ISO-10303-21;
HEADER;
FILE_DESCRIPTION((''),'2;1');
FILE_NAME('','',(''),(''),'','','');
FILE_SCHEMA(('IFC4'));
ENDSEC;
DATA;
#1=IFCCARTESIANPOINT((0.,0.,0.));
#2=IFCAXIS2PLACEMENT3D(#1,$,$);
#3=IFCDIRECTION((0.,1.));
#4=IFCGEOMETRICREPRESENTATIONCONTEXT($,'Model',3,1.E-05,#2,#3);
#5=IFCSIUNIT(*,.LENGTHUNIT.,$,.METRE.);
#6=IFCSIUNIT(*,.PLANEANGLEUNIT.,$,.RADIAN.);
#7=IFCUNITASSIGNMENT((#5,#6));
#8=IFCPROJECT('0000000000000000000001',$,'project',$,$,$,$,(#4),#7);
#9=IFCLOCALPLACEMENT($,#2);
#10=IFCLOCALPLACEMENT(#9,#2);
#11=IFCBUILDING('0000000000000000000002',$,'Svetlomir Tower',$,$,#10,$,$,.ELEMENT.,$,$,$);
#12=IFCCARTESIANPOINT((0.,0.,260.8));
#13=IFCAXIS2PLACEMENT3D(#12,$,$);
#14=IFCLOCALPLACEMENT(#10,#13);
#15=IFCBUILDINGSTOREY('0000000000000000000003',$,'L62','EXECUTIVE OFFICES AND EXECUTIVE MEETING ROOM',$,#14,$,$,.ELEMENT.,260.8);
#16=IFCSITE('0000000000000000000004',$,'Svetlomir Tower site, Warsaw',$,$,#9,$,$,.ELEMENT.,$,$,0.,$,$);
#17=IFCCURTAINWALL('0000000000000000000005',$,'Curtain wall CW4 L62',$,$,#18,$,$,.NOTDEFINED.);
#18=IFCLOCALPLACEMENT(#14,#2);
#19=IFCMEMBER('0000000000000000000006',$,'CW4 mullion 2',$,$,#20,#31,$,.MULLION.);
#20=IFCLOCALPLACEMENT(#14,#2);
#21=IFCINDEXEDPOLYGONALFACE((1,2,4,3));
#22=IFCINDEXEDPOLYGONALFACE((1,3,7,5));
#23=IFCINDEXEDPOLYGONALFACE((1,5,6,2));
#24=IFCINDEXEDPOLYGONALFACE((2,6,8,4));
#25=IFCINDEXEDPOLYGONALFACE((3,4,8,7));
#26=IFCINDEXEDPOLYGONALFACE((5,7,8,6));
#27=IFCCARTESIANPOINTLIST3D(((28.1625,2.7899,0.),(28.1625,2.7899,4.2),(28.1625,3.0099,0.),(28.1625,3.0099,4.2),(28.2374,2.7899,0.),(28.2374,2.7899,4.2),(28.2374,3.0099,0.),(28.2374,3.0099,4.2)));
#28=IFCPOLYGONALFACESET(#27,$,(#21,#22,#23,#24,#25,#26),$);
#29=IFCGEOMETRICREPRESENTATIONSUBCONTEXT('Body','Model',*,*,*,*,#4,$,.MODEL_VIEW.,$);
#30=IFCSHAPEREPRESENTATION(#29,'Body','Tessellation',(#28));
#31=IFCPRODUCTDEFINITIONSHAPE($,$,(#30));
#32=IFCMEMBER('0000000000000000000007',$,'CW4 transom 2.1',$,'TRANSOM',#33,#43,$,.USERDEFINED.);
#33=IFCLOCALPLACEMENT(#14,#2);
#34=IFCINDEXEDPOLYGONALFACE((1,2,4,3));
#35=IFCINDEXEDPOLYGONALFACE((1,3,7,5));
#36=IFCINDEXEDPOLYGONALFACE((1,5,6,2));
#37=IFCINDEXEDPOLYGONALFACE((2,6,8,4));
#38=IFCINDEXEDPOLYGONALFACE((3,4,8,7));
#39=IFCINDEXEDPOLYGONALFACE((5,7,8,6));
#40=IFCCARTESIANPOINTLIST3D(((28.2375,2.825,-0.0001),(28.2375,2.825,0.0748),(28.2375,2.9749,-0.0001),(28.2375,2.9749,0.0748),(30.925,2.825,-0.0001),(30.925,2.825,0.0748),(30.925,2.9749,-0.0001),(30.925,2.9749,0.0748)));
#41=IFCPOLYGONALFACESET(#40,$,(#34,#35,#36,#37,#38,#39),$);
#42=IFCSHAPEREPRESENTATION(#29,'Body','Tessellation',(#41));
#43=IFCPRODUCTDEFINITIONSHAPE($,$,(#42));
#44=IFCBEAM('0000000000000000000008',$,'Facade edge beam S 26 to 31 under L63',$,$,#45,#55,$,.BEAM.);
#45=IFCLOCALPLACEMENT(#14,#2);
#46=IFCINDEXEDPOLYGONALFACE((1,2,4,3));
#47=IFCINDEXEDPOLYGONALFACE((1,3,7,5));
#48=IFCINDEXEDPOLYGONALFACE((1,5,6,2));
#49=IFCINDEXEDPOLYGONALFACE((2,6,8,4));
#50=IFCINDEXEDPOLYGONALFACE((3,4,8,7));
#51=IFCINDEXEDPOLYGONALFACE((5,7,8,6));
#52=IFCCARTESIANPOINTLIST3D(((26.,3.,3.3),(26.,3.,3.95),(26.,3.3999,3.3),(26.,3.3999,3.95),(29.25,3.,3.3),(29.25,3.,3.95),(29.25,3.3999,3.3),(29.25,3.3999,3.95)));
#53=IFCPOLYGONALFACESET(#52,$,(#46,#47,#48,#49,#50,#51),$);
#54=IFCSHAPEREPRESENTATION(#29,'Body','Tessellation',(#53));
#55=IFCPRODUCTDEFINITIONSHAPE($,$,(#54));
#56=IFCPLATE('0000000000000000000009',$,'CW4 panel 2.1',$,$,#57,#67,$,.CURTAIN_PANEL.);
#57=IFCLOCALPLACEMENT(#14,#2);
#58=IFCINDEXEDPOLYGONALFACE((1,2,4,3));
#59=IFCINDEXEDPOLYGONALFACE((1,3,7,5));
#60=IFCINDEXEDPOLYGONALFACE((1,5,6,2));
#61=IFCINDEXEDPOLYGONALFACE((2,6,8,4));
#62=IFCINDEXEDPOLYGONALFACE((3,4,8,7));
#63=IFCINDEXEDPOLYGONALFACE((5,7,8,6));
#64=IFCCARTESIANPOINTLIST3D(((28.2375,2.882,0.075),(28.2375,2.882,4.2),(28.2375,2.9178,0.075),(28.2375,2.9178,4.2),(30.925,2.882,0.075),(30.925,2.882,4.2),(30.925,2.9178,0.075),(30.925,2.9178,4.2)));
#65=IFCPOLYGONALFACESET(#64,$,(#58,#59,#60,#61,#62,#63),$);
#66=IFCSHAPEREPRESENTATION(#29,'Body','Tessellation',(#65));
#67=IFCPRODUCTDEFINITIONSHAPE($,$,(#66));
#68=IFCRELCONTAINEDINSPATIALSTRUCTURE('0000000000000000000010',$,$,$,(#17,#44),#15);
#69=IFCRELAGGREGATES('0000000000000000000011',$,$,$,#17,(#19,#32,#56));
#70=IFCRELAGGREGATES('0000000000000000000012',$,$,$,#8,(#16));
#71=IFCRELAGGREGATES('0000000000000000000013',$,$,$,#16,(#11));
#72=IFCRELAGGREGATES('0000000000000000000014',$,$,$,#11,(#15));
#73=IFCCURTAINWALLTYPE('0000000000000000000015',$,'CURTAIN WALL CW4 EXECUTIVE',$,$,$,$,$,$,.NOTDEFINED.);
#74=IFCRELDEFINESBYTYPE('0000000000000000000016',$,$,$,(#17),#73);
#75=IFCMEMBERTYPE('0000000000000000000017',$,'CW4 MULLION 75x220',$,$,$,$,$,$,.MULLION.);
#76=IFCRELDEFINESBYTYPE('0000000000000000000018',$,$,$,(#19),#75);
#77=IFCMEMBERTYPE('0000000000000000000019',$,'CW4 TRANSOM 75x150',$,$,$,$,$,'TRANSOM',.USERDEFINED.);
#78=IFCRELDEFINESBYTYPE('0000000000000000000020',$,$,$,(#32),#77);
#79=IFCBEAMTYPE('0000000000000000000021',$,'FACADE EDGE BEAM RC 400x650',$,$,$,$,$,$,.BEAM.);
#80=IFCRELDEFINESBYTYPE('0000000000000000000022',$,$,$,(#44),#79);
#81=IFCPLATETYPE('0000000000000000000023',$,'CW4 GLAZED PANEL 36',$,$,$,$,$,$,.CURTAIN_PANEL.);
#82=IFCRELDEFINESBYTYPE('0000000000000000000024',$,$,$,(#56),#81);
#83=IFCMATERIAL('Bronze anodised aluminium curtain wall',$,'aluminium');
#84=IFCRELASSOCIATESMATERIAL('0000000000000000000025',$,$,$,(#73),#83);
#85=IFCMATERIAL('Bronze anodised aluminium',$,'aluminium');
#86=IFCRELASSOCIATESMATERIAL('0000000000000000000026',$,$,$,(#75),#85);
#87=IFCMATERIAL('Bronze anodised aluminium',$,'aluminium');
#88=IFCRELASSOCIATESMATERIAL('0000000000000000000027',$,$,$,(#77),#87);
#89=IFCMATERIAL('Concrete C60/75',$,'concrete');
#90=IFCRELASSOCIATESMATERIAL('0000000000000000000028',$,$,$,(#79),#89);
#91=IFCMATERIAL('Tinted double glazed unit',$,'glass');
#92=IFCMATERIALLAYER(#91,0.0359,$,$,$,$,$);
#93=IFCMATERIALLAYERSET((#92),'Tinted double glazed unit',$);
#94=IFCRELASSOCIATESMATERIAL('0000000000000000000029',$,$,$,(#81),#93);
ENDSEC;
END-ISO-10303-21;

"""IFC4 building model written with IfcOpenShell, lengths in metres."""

from ifc_helpers import new_model, si_unit, direction, frame, origin, origin_2d, place, context, subcontext, project, spatial, rectangle, extrude, material, layer, layer_set, material_profile, profile_set, type_object, element, aggregate, save


model = new_model("IFC4")

# Units and contexts
model_context = context("Model", 3, precision=1e-05, world=origin(), true_north=direction((0.0, 1.0)))
body_context = subcontext(model_context, "Body", "Model", "MODEL_VIEW")
ifc_project = project(units=[si_unit("LENGTHUNIT", "METRE"), si_unit("PLANEANGLEUNIT", "RADIAN")], contexts=[model_context])

# Site, building, storey
site_placement = place(None, origin())
site = spatial("IfcSite", under=ifc_project, at=site_placement, Name="Svetlomir Tower site, Warsaw", CompositionType="ELEMENT", RefElevation=0.0)
building_placement = place(site_placement, origin())
building = spatial("IfcBuilding", under=site, at=building_placement, Name="Svetlomir Tower", CompositionType="ELEMENT")
storey_placement = place(building_placement, frame((0.0, 0.0, 260.8)))
storey = spatial("IfcBuildingStorey", under=building, at=storey_placement, Name="L62", Description="EXECUTIVE OFFICES AND EXECUTIVE MEETING ROOM", CompositionType="ELEMENT", Elevation=260.8)

# Curtain wall, members
ifc_material_1 = material(Name="Bronze anodised aluminium curtain wall", Category="aluminium")
curtain_wall_type = type_object("IfcCurtainWallType", Name="CURTAIN WALL CW4 EXECUTIVE", PredefinedType="NOTDEFINED", material=ifc_material_1)
curtain_wall_placement = place(storey_placement, origin())
curtain_wall = element("IfcCurtainWall", 1, at=curtain_wall_placement, inside=storey, type_object=curtain_wall_type, Name="Curtain wall CW4 L62", PredefinedType="NOTDEFINED")
ifc_material_2 = material(Name="Bronze anodised aluminium", Category="aluminium")
ifc_material_profile_1 = material_profile(ifc_material_2, rectangle(XDim=0.075, YDim=0.22, at=origin_2d()), Name="AL 75x220")
ifc_profile_set_1 = profile_set([ifc_material_profile_1], Name="Bronze anodised aluminium 6063-T6")
member_type_1 = type_object("IfcMemberType", Name="CW4 MULLION 75x220", PredefinedType="MULLION", material=ifc_profile_set_1)
member_1_placement = place(storey_placement, frame((28.2, 2.8999, 0.0), z_axis=(0.0, 0.0, 1.0), x_axis=(1.0, 0.0, 0.0)))
member_1 = element("IfcMember", 2, at=member_1_placement, type_object=member_type_1, Name="CW4 mullion 2", PredefinedType="MULLION", context=body_context, shape_type="SweptSolid", body=[
    extrude(rectangle(XDim=0.075, YDim=0.22, at=origin_2d()), origin(), (0.0, 0.0, 1.0), 4.2),
])
ifc_material_3 = material(Name="Bronze anodised aluminium", Category="aluminium")
ifc_material_profile_2 = material_profile(ifc_material_3, rectangle(XDim=0.1499, YDim=0.075, at=origin_2d()), Name="AL 150x75")
ifc_profile_set_2 = profile_set([ifc_material_profile_2], Name="Bronze anodised aluminium 6063-T6")
member_type_2 = type_object("IfcMemberType", Name="CW4 TRANSOM 75x150", ElementType="TRANSOM", PredefinedType="USERDEFINED", material=ifc_profile_set_2)
member_2_placement = place(storey_placement, frame((28.2375, 2.8999, 0.0374), z_axis=(1.0, 0.0, 0.0), x_axis=(0.0, 1.0, 0.0)))
member_2 = element("IfcMember", 3, at=member_2_placement, type_object=member_type_2, Name="CW4 transom 2.1", ObjectType="TRANSOM", PredefinedType="USERDEFINED", context=body_context, shape_type="SweptSolid", body=[
    extrude(rectangle(XDim=0.1499, YDim=0.075, at=origin_2d()), origin(), (0.0, 0.0, 1.0), 2.6875),
])

# Beam
ifc_material_4 = material(Name="Concrete C60/75", Category="concrete")
ifc_material_profile_3 = material_profile(ifc_material_4, rectangle(XDim=0.3999, YDim=0.6499, at=origin_2d()), Name="RC 400x650")
ifc_profile_set_3 = profile_set([ifc_material_profile_3], Name="Concrete C60/75")
beam_type = type_object("IfcBeamType", Name="FACADE EDGE BEAM RC 400x650", PredefinedType="BEAM", material=ifc_profile_set_3)
beam_placement = place(storey_placement, frame((26.0, 3.2, 3.625), z_axis=(1.0, 0.0, 0.0), x_axis=(0.0, 1.0, 0.0)))
element("IfcBeam", 4, at=beam_placement, inside=storey, type_object=beam_type, Name="Facade edge beam S 26 to 31 under L63", PredefinedType="BEAM", context=body_context, shape_type="SweptSolid", body=[
    extrude(rectangle(XDim=0.3999, YDim=0.6499, at=origin_2d()), origin(), (0.0, 0.0, 1.0), 3.25),
])

# Plate
ifc_material_5 = material(Name="Tinted double glazed unit", Category="glass")
ifc_layer_1 = layer(ifc_material_5, 0.0359)
ifc_layer_set_1 = layer_set([ifc_layer_1], Name="Tinted double glazed unit")
plate_type = type_object("IfcPlateType", Name="CW4 GLAZED PANEL 36", PredefinedType="CURTAIN_PANEL", material=ifc_layer_set_1)
plate_placement = place(storey_placement, frame((29.5813, 2.8999, 0.075), z_axis=(0.0, 0.0, 1.0), x_axis=(1.0, 0.0, 0.0)))
plate = element("IfcPlate", 5, at=plate_placement, type_object=plate_type, Name="CW4 panel 2.1", PredefinedType="CURTAIN_PANEL", context=body_context, shape_type="SweptSolid", body=[
    extrude(rectangle(XDim=2.6875, YDim=0.0359, at=origin_2d()), origin(), (0.0, 0.0, 1.0), 4.125),
])
aggregate(curtain_wall, [member_1, member_2, plate])

save(model, "model.ifc")
